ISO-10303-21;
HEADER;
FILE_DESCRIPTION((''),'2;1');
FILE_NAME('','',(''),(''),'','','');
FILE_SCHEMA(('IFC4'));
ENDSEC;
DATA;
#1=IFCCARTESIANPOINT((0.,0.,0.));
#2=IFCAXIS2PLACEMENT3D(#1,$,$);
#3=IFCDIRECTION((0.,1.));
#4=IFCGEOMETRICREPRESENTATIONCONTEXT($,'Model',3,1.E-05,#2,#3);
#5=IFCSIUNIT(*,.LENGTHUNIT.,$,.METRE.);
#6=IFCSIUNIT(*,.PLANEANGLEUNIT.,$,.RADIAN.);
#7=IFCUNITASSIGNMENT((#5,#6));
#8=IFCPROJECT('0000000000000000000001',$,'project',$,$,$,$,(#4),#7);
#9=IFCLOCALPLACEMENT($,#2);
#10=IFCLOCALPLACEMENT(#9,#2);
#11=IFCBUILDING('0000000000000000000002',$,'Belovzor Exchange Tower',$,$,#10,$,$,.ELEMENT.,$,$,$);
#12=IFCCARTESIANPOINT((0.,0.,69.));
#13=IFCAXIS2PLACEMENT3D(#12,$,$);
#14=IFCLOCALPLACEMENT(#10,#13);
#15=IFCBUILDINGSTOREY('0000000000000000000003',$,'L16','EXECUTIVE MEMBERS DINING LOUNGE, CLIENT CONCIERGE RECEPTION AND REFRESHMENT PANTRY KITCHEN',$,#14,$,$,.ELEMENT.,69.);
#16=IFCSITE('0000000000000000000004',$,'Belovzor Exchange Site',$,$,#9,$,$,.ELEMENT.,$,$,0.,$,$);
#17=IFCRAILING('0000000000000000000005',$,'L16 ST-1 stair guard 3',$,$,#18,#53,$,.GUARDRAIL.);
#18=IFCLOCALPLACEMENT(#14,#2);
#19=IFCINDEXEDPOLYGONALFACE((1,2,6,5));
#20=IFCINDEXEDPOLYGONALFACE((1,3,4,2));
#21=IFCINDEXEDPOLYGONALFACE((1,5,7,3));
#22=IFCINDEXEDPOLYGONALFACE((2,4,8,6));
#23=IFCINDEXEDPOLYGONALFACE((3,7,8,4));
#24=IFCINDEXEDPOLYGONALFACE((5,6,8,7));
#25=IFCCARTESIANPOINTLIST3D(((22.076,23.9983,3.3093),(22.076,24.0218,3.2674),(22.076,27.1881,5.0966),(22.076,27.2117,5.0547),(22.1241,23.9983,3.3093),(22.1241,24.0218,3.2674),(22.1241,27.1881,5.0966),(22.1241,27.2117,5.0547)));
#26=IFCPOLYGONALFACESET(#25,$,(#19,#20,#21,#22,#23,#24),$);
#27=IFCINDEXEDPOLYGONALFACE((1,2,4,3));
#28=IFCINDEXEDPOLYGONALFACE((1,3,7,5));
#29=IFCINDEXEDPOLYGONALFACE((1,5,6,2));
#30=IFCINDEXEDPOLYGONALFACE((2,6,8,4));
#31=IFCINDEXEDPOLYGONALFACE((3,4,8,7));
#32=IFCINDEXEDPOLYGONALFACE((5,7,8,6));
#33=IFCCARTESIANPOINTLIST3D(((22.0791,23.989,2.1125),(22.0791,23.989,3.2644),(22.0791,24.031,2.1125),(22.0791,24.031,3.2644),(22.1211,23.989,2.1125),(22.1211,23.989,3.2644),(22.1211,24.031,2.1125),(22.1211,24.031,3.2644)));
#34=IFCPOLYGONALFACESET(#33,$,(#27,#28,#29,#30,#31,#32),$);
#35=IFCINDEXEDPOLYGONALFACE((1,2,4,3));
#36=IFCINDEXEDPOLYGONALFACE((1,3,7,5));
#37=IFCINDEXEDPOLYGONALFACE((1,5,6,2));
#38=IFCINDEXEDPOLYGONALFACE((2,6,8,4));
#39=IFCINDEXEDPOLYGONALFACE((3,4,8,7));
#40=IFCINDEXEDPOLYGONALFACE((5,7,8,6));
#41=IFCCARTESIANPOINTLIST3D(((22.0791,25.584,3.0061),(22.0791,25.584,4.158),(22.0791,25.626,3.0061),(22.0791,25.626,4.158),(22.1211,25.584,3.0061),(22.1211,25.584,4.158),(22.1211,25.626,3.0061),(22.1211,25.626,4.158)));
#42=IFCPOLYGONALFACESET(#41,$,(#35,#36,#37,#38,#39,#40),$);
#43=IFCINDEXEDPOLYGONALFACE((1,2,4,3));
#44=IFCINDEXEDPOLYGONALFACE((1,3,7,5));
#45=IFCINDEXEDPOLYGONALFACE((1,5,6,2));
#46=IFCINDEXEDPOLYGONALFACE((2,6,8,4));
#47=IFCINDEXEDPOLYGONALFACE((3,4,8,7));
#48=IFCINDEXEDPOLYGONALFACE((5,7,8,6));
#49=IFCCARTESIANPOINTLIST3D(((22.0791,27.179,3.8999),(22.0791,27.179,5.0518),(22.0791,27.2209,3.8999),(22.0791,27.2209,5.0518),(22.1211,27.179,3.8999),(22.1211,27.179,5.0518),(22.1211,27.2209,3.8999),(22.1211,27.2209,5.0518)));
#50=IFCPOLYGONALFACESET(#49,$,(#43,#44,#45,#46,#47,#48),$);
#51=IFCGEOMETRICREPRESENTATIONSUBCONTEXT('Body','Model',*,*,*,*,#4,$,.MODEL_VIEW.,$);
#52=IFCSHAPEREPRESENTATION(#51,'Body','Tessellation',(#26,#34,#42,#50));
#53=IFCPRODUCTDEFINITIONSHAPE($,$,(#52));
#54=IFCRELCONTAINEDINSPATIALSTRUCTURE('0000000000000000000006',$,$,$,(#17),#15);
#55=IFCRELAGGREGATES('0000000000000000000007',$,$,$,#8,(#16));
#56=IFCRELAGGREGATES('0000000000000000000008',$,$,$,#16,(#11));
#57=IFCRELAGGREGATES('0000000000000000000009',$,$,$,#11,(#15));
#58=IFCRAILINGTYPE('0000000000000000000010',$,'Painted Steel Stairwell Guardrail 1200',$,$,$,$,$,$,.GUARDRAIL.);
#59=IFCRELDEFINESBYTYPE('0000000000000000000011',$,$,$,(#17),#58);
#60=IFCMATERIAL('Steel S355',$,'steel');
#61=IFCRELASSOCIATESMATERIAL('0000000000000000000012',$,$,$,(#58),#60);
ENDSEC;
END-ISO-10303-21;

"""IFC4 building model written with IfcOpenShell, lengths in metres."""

from ifc_helpers import new_model, si_unit, direction, frame, origin, origin_2d, place, context, subcontext, project, spatial, rectangle, extrude, material, type_object, element, save


model = new_model("IFC4")

# Units and contexts
model_context = context("Model", 3, precision=1e-05, world=origin(), true_north=direction((0.0, 1.0)))
body_context = subcontext(model_context, "Body", "Model", "MODEL_VIEW")
ifc_project = project(units=[si_unit("LENGTHUNIT", "METRE"), si_unit("PLANEANGLEUNIT", "RADIAN")], contexts=[model_context])

# Site, building, storey
site_placement = place(None, origin())
site = spatial("IfcSite", under=ifc_project, at=site_placement, Name="Belovzor Exchange Site", CompositionType="ELEMENT", RefElevation=0.0)
building_placement = place(site_placement, origin())
building = spatial("IfcBuilding", under=site, at=building_placement, Name="Belovzor Exchange Tower", CompositionType="ELEMENT")
storey_placement = place(building_placement, frame((0.0, 0.0, 69.0)))
storey = spatial("IfcBuildingStorey", under=building, at=storey_placement, Name="L16", Description="EXECUTIVE MEMBERS DINING LOUNGE, CLIENT CONCIERGE RECEPTION AND REFRESHMENT PANTRY KITCHEN", CompositionType="ELEMENT", Elevation=69.0)

# Railing
ifc_material_1 = material(Name="Steel S355", Category="steel")
railing_type_1 = type_object("IfcRailingType", Name="Painted Steel Stairwell Guardrail 1200", PredefinedType="GUARDRAIL", material=ifc_material_1)
railing_1_placement = place(storey_placement, frame((22.1001, 24.01, 2.1125)))
element("IfcRailing", 1, at=railing_1_placement, inside=storey, type_object=railing_type_1, Name="L16 ST-1 stair guard 3", PredefinedType="GUARDRAIL", context=body_context, shape_type="SweptSolid", body=[
    extrude(rectangle(XDim=0.0481, YDim=0.0481, at=origin_2d()), frame((0.0, 0.0, 1.1758), z_axis=(0.0, 0.872391, 0.488809), x_axis=(-1.0, 0.0, 0.0)), (0.0, 0.0, 1.0), 3.6565),
    extrude(rectangle(XDim=0.042, YDim=0.042, at=origin_2d()), origin(), (0.0, 0.0, 1.0), 1.1519),
    extrude(rectangle(XDim=0.042, YDim=0.042, at=origin_2d()), frame((0.0, 1.595, 0.8936)), (0.0, 0.0, 1.0), 1.1519),
    extrude(rectangle(XDim=0.042, YDim=0.042, at=origin_2d()), frame((0.0, 3.1899, 1.7874)), (0.0, 0.0, 1.0), 1.1519),
])

save(model, "model.ifc")
